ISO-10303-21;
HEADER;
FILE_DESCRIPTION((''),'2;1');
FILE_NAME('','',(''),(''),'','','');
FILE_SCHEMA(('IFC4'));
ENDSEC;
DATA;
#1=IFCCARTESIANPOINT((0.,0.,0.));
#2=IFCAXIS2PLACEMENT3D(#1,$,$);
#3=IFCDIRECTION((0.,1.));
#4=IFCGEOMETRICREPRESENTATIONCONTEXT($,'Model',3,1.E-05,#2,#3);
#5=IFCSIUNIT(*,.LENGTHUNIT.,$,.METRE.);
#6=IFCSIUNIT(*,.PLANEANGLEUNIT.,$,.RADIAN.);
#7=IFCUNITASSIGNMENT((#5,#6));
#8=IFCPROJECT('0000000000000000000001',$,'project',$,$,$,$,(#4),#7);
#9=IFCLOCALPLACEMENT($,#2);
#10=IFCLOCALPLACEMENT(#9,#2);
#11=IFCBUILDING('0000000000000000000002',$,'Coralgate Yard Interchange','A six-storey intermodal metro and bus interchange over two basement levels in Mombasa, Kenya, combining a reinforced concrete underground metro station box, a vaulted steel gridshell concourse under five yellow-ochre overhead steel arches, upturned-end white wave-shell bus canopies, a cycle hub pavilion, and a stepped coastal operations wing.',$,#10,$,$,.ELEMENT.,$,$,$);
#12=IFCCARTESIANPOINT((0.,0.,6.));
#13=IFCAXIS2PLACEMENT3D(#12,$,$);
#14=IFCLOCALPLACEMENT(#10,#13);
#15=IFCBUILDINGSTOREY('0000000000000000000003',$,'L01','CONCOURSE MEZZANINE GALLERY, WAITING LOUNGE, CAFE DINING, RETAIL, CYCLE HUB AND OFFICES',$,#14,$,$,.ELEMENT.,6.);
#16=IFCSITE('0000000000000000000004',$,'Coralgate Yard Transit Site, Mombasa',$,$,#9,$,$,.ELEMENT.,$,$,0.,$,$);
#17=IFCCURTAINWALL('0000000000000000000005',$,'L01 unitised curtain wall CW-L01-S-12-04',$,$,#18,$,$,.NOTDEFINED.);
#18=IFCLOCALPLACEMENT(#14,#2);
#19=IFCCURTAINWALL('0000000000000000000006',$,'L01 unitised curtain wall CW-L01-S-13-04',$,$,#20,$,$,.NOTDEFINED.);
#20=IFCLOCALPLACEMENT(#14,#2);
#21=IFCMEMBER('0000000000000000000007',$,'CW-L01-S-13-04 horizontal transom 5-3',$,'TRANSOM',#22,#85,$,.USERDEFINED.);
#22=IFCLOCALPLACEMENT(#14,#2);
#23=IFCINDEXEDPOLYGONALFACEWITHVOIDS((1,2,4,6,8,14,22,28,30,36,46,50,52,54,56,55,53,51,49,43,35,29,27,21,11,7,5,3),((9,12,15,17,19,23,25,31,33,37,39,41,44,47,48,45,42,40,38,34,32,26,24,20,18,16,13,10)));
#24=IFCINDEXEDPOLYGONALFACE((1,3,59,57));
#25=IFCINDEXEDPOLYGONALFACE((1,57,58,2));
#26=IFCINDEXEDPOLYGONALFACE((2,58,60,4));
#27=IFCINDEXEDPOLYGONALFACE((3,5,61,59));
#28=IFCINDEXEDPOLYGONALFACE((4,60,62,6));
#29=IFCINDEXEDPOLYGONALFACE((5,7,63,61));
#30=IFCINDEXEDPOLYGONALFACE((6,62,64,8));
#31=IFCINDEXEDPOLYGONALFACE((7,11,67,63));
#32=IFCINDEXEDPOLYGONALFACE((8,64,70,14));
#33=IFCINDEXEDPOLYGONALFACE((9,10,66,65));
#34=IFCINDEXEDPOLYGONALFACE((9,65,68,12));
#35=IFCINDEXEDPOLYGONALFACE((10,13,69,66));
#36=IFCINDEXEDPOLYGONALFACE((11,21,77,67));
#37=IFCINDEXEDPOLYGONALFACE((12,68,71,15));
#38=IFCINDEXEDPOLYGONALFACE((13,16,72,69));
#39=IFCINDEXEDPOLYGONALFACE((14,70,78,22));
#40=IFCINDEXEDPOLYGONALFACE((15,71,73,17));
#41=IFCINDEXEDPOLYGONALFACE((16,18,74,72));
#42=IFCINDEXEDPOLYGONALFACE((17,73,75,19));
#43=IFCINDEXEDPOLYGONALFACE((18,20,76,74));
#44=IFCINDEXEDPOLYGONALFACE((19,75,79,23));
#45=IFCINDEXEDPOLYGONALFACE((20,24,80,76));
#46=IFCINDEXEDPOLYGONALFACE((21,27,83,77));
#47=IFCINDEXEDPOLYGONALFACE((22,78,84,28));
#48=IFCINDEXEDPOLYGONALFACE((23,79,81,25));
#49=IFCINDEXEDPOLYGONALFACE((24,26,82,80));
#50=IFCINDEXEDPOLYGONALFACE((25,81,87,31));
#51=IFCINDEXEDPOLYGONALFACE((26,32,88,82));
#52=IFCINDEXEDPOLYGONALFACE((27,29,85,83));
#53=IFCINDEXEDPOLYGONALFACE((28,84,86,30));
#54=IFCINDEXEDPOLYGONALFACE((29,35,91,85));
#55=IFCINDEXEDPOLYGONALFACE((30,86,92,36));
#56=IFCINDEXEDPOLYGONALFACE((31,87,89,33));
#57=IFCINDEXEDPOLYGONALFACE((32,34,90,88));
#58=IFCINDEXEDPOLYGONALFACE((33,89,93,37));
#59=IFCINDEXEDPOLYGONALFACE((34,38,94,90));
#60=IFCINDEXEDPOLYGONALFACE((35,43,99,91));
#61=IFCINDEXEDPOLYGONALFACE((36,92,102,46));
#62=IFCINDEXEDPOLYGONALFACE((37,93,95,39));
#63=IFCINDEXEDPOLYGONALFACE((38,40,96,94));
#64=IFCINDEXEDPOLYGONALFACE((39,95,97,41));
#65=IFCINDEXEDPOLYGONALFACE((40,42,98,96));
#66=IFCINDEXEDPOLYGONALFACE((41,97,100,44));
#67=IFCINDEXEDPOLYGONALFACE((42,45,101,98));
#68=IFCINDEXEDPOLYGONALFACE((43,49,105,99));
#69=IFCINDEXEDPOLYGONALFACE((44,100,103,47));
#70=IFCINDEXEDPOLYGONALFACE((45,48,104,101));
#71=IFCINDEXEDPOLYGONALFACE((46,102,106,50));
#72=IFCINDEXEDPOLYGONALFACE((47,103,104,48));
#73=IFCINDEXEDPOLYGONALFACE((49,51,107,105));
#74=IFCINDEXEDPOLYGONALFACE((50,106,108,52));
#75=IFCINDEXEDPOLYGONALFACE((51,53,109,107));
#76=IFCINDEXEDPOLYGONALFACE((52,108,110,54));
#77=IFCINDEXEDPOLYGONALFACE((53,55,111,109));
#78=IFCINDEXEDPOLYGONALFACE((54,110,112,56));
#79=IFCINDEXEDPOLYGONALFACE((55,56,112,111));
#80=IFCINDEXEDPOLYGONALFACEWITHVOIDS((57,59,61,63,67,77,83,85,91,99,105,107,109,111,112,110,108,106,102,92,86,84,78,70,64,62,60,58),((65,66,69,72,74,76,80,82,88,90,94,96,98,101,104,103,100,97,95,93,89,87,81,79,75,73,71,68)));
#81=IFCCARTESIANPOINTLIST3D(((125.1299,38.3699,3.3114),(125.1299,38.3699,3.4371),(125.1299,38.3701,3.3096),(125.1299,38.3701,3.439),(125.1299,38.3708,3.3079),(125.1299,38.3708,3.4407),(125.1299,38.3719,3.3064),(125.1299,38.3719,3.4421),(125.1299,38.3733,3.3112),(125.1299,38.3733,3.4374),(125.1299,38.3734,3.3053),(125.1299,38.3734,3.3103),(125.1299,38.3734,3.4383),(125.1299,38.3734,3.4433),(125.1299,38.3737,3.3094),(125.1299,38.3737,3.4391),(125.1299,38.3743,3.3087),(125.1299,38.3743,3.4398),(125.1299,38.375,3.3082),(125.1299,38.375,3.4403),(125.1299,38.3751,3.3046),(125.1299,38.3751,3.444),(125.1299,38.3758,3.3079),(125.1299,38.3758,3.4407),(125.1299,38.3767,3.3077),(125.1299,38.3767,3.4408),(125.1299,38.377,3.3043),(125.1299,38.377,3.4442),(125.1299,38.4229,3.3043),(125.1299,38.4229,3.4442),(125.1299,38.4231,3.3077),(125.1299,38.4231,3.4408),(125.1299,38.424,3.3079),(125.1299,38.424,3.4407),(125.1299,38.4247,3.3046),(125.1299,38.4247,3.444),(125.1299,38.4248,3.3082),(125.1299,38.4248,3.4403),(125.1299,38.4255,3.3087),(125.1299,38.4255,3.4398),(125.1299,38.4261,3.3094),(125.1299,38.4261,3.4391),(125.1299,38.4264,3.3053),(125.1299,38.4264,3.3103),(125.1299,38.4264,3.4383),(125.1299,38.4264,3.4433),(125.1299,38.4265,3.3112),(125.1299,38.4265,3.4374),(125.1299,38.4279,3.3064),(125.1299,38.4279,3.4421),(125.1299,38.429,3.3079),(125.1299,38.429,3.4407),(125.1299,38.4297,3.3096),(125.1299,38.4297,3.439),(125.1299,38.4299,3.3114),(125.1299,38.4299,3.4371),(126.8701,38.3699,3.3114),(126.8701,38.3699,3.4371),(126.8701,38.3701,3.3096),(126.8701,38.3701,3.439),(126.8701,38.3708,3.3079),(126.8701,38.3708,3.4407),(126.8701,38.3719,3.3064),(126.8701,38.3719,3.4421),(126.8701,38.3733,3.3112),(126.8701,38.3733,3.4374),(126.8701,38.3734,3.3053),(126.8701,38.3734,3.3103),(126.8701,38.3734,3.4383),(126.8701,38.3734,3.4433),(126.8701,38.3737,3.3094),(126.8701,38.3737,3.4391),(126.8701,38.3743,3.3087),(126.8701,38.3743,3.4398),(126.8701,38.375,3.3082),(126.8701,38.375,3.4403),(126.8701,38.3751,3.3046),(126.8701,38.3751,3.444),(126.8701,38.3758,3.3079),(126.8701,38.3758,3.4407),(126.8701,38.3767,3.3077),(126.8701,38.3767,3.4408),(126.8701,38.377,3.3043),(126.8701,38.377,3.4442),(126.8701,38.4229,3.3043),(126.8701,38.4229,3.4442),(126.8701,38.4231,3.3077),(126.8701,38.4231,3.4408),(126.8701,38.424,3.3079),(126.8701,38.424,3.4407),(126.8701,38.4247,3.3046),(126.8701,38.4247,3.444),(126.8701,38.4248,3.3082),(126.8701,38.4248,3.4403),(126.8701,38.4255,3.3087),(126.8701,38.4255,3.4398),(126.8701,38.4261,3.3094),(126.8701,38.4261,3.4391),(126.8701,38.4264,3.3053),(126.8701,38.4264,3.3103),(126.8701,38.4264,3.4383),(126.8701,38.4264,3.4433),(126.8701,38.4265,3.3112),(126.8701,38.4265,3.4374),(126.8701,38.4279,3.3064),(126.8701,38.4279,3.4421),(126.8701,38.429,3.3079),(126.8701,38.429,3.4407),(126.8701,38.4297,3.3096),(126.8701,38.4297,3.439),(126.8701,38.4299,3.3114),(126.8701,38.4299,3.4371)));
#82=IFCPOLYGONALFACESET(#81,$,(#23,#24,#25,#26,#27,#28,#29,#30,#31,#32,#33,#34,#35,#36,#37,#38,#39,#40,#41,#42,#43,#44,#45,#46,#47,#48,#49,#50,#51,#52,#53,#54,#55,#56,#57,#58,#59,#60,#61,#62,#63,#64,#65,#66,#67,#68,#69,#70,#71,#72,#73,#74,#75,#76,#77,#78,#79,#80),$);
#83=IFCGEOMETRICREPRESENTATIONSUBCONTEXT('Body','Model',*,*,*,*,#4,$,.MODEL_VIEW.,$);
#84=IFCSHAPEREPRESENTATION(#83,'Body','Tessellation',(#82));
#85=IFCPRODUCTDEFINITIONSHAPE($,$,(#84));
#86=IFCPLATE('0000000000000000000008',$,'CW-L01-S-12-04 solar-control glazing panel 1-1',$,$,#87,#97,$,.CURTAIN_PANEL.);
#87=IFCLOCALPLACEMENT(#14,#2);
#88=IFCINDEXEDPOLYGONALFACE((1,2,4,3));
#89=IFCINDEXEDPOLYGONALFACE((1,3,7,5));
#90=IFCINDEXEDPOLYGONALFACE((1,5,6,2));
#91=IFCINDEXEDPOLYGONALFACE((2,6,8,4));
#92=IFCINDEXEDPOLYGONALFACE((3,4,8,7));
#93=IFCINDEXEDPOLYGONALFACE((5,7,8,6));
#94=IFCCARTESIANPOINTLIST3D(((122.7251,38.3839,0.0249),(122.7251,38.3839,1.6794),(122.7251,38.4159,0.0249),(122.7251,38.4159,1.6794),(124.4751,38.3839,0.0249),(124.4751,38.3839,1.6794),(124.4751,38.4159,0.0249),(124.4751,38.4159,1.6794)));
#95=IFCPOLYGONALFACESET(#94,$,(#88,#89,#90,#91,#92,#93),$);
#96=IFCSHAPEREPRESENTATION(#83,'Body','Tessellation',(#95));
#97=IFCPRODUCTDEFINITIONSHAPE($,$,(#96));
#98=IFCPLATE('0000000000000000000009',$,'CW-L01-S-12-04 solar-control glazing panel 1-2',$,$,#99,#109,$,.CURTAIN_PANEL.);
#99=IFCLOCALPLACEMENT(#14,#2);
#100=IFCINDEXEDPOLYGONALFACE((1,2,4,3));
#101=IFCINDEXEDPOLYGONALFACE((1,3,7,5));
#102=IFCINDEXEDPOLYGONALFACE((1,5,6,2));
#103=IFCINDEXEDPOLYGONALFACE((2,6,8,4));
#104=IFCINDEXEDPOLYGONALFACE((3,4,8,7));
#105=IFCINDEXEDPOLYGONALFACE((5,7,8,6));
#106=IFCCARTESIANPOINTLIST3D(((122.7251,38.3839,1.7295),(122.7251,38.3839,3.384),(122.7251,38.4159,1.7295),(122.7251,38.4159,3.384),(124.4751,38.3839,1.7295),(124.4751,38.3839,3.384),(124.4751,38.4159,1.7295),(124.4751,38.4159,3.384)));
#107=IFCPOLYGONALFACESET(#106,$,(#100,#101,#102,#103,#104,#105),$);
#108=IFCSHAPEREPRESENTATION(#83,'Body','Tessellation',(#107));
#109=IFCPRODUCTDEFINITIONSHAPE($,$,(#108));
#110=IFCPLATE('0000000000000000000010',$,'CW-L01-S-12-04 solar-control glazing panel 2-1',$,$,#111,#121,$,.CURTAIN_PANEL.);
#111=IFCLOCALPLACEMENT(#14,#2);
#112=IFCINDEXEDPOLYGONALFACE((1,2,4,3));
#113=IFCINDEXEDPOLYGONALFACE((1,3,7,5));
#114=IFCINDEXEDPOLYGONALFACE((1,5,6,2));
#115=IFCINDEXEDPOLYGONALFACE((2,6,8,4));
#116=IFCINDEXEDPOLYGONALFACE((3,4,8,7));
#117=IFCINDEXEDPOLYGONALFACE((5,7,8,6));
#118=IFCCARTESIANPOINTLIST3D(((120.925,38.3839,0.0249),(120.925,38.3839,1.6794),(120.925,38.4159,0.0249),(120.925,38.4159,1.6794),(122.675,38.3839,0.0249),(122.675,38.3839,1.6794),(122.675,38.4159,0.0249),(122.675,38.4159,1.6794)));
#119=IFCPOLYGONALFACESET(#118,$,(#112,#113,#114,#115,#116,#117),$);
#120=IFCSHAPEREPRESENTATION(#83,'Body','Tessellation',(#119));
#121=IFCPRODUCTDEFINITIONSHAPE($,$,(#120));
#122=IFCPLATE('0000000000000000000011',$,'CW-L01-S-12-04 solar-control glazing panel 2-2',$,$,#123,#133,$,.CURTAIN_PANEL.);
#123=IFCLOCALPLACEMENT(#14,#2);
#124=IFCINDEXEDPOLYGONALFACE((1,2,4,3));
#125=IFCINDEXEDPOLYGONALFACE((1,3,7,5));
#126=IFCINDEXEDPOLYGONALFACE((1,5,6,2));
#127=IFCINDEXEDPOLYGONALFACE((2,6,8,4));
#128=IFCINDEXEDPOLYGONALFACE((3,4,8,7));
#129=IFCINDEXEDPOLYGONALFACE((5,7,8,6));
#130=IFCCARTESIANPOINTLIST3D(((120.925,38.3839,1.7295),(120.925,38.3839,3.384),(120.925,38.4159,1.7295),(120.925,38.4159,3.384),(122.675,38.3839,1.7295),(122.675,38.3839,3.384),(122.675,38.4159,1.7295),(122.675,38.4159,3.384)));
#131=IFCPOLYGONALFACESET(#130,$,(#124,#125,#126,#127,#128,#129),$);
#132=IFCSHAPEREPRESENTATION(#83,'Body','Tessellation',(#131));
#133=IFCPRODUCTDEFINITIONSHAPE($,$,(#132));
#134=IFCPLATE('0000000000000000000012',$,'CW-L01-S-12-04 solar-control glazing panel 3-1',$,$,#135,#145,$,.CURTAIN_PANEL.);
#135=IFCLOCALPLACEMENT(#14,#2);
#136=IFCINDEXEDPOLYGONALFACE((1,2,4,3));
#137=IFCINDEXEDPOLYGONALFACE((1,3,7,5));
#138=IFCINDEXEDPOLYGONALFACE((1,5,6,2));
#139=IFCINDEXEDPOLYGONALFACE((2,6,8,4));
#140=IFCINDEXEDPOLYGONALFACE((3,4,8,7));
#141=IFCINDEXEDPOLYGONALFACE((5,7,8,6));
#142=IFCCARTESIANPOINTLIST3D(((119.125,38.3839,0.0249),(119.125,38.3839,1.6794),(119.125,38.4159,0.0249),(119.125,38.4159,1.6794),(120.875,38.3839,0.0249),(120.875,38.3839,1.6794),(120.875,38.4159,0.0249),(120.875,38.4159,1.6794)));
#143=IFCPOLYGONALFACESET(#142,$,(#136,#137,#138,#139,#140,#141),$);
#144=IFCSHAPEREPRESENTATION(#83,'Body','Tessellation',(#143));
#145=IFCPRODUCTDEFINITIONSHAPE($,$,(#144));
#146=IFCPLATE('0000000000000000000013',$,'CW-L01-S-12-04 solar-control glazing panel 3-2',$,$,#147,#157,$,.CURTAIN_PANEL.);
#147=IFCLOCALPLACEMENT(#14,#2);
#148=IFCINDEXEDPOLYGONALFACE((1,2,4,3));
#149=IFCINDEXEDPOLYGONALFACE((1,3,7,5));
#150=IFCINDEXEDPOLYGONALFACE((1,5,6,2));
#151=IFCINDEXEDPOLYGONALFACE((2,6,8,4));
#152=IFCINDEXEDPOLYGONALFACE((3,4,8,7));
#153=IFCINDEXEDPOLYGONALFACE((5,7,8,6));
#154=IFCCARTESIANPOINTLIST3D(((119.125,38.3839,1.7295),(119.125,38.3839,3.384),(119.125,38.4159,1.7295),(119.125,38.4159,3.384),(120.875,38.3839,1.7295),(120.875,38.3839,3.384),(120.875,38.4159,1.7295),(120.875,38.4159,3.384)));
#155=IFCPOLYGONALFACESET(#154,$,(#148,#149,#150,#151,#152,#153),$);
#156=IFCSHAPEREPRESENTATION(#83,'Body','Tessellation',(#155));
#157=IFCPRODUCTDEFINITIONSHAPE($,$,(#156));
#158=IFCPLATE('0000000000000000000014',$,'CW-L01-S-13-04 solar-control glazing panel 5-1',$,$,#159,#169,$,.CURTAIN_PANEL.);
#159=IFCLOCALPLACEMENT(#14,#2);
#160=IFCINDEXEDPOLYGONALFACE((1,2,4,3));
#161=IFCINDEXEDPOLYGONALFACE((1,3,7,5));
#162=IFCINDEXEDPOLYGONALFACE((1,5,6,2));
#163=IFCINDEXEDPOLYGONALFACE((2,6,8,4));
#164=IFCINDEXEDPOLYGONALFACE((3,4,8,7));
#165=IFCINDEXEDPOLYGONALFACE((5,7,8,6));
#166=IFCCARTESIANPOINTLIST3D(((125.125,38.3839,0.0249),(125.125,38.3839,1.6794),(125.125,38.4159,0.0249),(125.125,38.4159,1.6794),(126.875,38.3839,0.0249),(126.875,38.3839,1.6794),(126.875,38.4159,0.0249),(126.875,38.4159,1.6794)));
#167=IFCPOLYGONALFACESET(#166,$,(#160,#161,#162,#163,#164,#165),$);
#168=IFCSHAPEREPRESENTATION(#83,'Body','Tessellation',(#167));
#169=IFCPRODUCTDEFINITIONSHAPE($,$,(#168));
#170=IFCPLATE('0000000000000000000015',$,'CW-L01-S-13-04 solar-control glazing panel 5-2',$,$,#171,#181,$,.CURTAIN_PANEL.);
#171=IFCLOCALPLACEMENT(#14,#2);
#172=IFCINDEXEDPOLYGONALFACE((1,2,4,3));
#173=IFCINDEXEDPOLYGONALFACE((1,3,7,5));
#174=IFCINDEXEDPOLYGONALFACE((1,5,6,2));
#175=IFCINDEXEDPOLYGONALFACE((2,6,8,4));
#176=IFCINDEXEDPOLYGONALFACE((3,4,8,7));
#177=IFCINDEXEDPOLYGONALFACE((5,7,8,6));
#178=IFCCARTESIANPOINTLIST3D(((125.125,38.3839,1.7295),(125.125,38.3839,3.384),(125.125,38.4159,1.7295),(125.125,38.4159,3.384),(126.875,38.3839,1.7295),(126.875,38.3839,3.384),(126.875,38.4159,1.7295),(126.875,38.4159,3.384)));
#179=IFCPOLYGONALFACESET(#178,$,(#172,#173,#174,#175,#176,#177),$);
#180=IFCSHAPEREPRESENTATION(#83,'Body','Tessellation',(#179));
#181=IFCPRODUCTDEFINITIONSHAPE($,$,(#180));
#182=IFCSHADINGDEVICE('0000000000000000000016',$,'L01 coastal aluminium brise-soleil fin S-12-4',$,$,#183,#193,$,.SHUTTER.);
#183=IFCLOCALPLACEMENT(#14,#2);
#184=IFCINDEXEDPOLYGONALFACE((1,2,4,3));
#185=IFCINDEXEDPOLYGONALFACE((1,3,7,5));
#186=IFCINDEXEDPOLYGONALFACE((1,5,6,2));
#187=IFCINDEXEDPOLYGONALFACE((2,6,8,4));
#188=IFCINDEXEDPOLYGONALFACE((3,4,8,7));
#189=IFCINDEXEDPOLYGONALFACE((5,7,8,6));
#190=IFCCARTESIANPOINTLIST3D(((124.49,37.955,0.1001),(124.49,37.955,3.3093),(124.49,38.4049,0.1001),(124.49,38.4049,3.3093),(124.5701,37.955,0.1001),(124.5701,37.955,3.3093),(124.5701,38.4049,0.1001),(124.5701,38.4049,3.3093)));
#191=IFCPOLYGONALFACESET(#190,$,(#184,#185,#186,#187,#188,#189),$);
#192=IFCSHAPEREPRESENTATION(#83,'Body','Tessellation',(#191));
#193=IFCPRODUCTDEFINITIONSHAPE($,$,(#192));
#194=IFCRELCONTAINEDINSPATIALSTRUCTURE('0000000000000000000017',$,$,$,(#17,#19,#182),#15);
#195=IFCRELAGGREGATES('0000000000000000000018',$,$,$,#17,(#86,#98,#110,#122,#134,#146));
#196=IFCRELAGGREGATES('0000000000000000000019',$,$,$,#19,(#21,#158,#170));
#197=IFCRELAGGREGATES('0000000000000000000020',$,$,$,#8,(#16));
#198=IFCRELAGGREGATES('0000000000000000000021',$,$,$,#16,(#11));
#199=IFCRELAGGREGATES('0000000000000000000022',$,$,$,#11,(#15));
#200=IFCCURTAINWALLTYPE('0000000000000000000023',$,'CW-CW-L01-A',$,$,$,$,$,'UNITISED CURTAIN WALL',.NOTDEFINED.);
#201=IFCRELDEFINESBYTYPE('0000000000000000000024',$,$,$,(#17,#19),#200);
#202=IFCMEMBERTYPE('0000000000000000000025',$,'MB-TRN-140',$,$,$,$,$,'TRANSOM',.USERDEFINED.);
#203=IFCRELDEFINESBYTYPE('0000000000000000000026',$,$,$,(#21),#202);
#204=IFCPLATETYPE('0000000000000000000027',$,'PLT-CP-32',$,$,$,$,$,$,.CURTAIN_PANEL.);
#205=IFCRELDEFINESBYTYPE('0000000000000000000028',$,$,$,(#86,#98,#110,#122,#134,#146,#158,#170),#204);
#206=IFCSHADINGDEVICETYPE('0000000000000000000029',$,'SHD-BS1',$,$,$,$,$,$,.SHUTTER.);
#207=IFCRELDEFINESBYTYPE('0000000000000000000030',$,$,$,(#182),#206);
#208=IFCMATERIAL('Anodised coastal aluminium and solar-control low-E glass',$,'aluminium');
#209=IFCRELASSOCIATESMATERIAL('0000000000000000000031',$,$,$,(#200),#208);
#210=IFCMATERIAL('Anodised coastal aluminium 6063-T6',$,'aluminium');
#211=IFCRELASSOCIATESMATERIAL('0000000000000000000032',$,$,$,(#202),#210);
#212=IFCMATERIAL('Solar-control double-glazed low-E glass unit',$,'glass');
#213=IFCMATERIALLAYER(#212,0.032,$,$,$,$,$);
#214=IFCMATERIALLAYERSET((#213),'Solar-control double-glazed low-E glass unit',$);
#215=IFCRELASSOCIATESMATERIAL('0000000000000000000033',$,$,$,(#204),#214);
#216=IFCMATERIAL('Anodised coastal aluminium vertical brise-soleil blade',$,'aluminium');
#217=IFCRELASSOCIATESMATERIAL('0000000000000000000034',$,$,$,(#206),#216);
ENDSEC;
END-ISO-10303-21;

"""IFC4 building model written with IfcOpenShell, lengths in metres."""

from ifc_helpers import new_model, si_unit, direction, frame, origin, origin_2d, place, context, subcontext, project, spatial, rectangle, hollow_rectangle, extrude, material, layer, layer_set, material_profile, profile_set, type_object, element, aggregate, save


model = new_model("IFC4")

# Units and contexts
model_context = context("Model", 3, precision=1e-05, world=origin(), true_north=direction((0.0, 1.0)))
body_context = subcontext(model_context, "Body", "Model", "MODEL_VIEW")
ifc_project = project(units=[si_unit("LENGTHUNIT", "METRE"), si_unit("PLANEANGLEUNIT", "RADIAN")], contexts=[model_context])

# Site, building, storey
site_placement = place(None, origin())
site = spatial("IfcSite", under=ifc_project, at=site_placement, Name="Coralgate Yard Transit Site, Mombasa", CompositionType="ELEMENT", RefElevation=0.0)
building_placement = place(site_placement, origin())
building = spatial("IfcBuilding", under=site, at=building_placement, Name="Coralgate Yard Interchange", Description="A six-storey intermodal metro and bus interchange over two basement levels in Mombasa, Kenya, combining a reinforced concrete underground metro station box, a vaulted steel gridshell concourse under five yellow-ochre overhead steel arches, upturned-end white wave-shell bus canopies, a cycle hub pavilion, and a stepped coastal operations wing.", CompositionType="ELEMENT")
storey_placement = place(building_placement, frame((0.0, 0.0, 6.0)))
storey = spatial("IfcBuildingStorey", under=building, at=storey_placement, Name="L01", Description="CONCOURSE MEZZANINE GALLERY, WAITING LOUNGE, CAFE DINING, RETAIL, CYCLE HUB AND OFFICES", CompositionType="ELEMENT", Elevation=6.0)

# Curtain wall
ifc_material_1 = material(Name="Anodised coastal aluminium and solar-control low-E glass", Category="aluminium")
curtain_wall_type = type_object("IfcCurtainWallType", Name="CW-CW-L01-A", ElementType="UNITISED CURTAIN WALL", PredefinedType="NOTDEFINED", material=ifc_material_1)
curtain_wall_1_placement = place(storey_placement, origin())
curtain_wall_1 = element("IfcCurtainWall", 1, at=curtain_wall_1_placement, inside=storey, type_object=curtain_wall_type, Name="L01 unitised curtain wall CW-L01-S-12-04", PredefinedType="NOTDEFINED")
ifc_material_2 = material(Name="Anodised coastal aluminium 6063-T6", Category="aluminium")

# Curtain wall
curtain_wall_2_placement = place(storey_placement, origin())
curtain_wall_2 = element("IfcCurtainWall", 2, at=curtain_wall_2_placement, inside=storey, type_object=curtain_wall_type, Name="L01 unitised curtain wall CW-L01-S-13-04", PredefinedType="NOTDEFINED")

# Member
ifc_material_profile_1 = material_profile(ifc_material_2, hollow_rectangle(XDim=0.0601, YDim=0.1399, WallThickness=0.0034, InnerFilletRadius=0.0034, OuterFilletRadius=0.0071, at=origin_2d()), Name="ALU 60x140x3.5")
ifc_profile_set_1 = profile_set([ifc_material_profile_1], Name="Anodised coastal aluminium 6063-T6")
member_type_1 = type_object("IfcMemberType", Name="MB-TRN-140", ElementType="TRANSOM", PredefinedType="USERDEFINED", material=ifc_profile_set_1)
member_1_placement = place(storey_placement, frame((126.8701, 38.3999, 3.3743), z_axis=(-1.0, 0.0, 0.0), x_axis=(0.0, -1.0, 0.0)))
member_1 = element("IfcMember", 3, at=member_1_placement, type_object=member_type_1, Name="CW-L01-S-13-04 horizontal transom 5-3", ObjectType="TRANSOM", PredefinedType="USERDEFINED", context=body_context, shape_type="SweptSolid", body=[
    extrude(hollow_rectangle(XDim=0.0601, YDim=0.1399, WallThickness=0.0034, InnerFilletRadius=0.0034, OuterFilletRadius=0.0071, at=origin_2d()), origin(), (0.0, 0.0, 1.0), 1.7402),
])

# Plates
ifc_material_3 = material(Name="Solar-control double-glazed low-E glass unit", Category="glass")
ifc_layer = layer(ifc_material_3, 0.032)
ifc_layer_set = layer_set([ifc_layer], Name="Solar-control double-glazed low-E glass unit")
plate_type = type_object("IfcPlateType", Name="PLT-CP-32", PredefinedType="CURTAIN_PANEL", material=ifc_layer_set)
plate_1_placement = place(storey_placement, frame((123.6001, 38.3999, 0.0249), z_axis=(0.0, 0.0, 1.0), x_axis=(-1.0, 0.0, 0.0)))
plate_1 = element("IfcPlate", 4, at=plate_1_placement, type_object=plate_type, Name="CW-L01-S-12-04 solar-control glazing panel 1-1", PredefinedType="CURTAIN_PANEL", context=body_context, shape_type="SweptSolid", body=[
    extrude(rectangle(XDim=1.75, YDim=0.032, at=origin_2d()), origin(), (0.0, 0.0, 1.0), 1.6545),
])
plate_2_placement = place(storey_placement, frame((123.6001, 38.3999, 1.7295), z_axis=(0.0, 0.0, 1.0), x_axis=(-1.0, 0.0, 0.0)))
plate_2 = element("IfcPlate", 5, at=plate_2_placement, type_object=plate_type, Name="CW-L01-S-12-04 solar-control glazing panel 1-2", PredefinedType="CURTAIN_PANEL", context=body_context, shape_type="SweptSolid", body=[
    extrude(rectangle(XDim=1.75, YDim=0.032, at=origin_2d()), origin(), (0.0, 0.0, 1.0), 1.6545),
])
plate_3_placement = place(storey_placement, frame((121.8, 38.3999, 0.0249), z_axis=(0.0, 0.0, 1.0), x_axis=(-1.0, 0.0, 0.0)))
plate_3 = element("IfcPlate", 6, at=plate_3_placement, type_object=plate_type, Name="CW-L01-S-12-04 solar-control glazing panel 2-1", PredefinedType="CURTAIN_PANEL", context=body_context, shape_type="SweptSolid", body=[
    extrude(rectangle(XDim=1.75, YDim=0.032, at=origin_2d()), origin(), (0.0, 0.0, 1.0), 1.6545),
])
plate_4_placement = place(storey_placement, frame((121.8, 38.3999, 1.7295), z_axis=(0.0, 0.0, 1.0), x_axis=(-1.0, 0.0, 0.0)))
plate_4 = element("IfcPlate", 7, at=plate_4_placement, type_object=plate_type, Name="CW-L01-S-12-04 solar-control glazing panel 2-2", PredefinedType="CURTAIN_PANEL", context=body_context, shape_type="SweptSolid", body=[
    extrude(rectangle(XDim=1.75, YDim=0.032, at=origin_2d()), origin(), (0.0, 0.0, 1.0), 1.6545),
])
plate_5_placement = place(storey_placement, frame((120.0, 38.3999, 0.0249), z_axis=(0.0, 0.0, 1.0), x_axis=(-1.0, 0.0, 0.0)))
plate_5 = element("IfcPlate", 8, at=plate_5_placement, type_object=plate_type, Name="CW-L01-S-12-04 solar-control glazing panel 3-1", PredefinedType="CURTAIN_PANEL", context=body_context, shape_type="SweptSolid", body=[
    extrude(rectangle(XDim=1.75, YDim=0.032, at=origin_2d()), origin(), (0.0, 0.0, 1.0), 1.6545),
])
plate_6_placement = place(storey_placement, frame((120.0, 38.3999, 1.7295), z_axis=(0.0, 0.0, 1.0), x_axis=(-1.0, 0.0, 0.0)))
plate_6 = element("IfcPlate", 9, at=plate_6_placement, type_object=plate_type, Name="CW-L01-S-12-04 solar-control glazing panel 3-2", PredefinedType="CURTAIN_PANEL", context=body_context, shape_type="SweptSolid", body=[
    extrude(rectangle(XDim=1.75, YDim=0.032, at=origin_2d()), origin(), (0.0, 0.0, 1.0), 1.6545),
])
aggregate(curtain_wall_1, [plate_1, plate_2, plate_3, plate_4, plate_5, plate_6])
plate_7_placement = place(storey_placement, frame((126.0, 38.3999, 0.0249), z_axis=(0.0, 0.0, 1.0), x_axis=(-1.0, 0.0, 0.0)))
plate_7 = element("IfcPlate", 10, at=plate_7_placement, type_object=plate_type, Name="CW-L01-S-13-04 solar-control glazing panel 5-1", PredefinedType="CURTAIN_PANEL", context=body_context, shape_type="SweptSolid", body=[
    extrude(rectangle(XDim=1.75, YDim=0.032, at=origin_2d()), origin(), (0.0, 0.0, 1.0), 1.6545),
])
plate_8_placement = place(storey_placement, frame((126.0, 38.3999, 1.7295), z_axis=(0.0, 0.0, 1.0), x_axis=(-1.0, 0.0, 0.0)))
plate_8 = element("IfcPlate", 11, at=plate_8_placement, type_object=plate_type, Name="CW-L01-S-13-04 solar-control glazing panel 5-2", PredefinedType="CURTAIN_PANEL", context=body_context, shape_type="SweptSolid", body=[
    extrude(rectangle(XDim=1.75, YDim=0.032, at=origin_2d()), origin(), (0.0, 0.0, 1.0), 1.6545),
])
aggregate(curtain_wall_2, [member_1, plate_7, plate_8])

# Shading device
ifc_material_4 = material(Name="Anodised coastal aluminium vertical brise-soleil blade", Category="aluminium")
shading_device_type = type_object("IfcShadingDeviceType", Name="SHD-BS1", PredefinedType="SHUTTER", material=ifc_material_4)
shading_device_placement = place(storey_placement, frame((124.53, 38.1799, 0.1001), z_axis=(0.0, 0.0, 1.0), x_axis=(-1.0, 0.0, 0.0)))
element("IfcShadingDevice", 12, at=shading_device_placement, inside=storey, type_object=shading_device_type, Name="L01 coastal aluminium brise-soleil fin S-12-4", PredefinedType="SHUTTER", context=body_context, shape_type="SweptSolid", body=[
    extrude(rectangle(XDim=0.0801, YDim=0.45, at=origin_2d()), origin(), (0.0, 0.0, 1.0), 3.2092),
])

save(model, "model.ifc")
